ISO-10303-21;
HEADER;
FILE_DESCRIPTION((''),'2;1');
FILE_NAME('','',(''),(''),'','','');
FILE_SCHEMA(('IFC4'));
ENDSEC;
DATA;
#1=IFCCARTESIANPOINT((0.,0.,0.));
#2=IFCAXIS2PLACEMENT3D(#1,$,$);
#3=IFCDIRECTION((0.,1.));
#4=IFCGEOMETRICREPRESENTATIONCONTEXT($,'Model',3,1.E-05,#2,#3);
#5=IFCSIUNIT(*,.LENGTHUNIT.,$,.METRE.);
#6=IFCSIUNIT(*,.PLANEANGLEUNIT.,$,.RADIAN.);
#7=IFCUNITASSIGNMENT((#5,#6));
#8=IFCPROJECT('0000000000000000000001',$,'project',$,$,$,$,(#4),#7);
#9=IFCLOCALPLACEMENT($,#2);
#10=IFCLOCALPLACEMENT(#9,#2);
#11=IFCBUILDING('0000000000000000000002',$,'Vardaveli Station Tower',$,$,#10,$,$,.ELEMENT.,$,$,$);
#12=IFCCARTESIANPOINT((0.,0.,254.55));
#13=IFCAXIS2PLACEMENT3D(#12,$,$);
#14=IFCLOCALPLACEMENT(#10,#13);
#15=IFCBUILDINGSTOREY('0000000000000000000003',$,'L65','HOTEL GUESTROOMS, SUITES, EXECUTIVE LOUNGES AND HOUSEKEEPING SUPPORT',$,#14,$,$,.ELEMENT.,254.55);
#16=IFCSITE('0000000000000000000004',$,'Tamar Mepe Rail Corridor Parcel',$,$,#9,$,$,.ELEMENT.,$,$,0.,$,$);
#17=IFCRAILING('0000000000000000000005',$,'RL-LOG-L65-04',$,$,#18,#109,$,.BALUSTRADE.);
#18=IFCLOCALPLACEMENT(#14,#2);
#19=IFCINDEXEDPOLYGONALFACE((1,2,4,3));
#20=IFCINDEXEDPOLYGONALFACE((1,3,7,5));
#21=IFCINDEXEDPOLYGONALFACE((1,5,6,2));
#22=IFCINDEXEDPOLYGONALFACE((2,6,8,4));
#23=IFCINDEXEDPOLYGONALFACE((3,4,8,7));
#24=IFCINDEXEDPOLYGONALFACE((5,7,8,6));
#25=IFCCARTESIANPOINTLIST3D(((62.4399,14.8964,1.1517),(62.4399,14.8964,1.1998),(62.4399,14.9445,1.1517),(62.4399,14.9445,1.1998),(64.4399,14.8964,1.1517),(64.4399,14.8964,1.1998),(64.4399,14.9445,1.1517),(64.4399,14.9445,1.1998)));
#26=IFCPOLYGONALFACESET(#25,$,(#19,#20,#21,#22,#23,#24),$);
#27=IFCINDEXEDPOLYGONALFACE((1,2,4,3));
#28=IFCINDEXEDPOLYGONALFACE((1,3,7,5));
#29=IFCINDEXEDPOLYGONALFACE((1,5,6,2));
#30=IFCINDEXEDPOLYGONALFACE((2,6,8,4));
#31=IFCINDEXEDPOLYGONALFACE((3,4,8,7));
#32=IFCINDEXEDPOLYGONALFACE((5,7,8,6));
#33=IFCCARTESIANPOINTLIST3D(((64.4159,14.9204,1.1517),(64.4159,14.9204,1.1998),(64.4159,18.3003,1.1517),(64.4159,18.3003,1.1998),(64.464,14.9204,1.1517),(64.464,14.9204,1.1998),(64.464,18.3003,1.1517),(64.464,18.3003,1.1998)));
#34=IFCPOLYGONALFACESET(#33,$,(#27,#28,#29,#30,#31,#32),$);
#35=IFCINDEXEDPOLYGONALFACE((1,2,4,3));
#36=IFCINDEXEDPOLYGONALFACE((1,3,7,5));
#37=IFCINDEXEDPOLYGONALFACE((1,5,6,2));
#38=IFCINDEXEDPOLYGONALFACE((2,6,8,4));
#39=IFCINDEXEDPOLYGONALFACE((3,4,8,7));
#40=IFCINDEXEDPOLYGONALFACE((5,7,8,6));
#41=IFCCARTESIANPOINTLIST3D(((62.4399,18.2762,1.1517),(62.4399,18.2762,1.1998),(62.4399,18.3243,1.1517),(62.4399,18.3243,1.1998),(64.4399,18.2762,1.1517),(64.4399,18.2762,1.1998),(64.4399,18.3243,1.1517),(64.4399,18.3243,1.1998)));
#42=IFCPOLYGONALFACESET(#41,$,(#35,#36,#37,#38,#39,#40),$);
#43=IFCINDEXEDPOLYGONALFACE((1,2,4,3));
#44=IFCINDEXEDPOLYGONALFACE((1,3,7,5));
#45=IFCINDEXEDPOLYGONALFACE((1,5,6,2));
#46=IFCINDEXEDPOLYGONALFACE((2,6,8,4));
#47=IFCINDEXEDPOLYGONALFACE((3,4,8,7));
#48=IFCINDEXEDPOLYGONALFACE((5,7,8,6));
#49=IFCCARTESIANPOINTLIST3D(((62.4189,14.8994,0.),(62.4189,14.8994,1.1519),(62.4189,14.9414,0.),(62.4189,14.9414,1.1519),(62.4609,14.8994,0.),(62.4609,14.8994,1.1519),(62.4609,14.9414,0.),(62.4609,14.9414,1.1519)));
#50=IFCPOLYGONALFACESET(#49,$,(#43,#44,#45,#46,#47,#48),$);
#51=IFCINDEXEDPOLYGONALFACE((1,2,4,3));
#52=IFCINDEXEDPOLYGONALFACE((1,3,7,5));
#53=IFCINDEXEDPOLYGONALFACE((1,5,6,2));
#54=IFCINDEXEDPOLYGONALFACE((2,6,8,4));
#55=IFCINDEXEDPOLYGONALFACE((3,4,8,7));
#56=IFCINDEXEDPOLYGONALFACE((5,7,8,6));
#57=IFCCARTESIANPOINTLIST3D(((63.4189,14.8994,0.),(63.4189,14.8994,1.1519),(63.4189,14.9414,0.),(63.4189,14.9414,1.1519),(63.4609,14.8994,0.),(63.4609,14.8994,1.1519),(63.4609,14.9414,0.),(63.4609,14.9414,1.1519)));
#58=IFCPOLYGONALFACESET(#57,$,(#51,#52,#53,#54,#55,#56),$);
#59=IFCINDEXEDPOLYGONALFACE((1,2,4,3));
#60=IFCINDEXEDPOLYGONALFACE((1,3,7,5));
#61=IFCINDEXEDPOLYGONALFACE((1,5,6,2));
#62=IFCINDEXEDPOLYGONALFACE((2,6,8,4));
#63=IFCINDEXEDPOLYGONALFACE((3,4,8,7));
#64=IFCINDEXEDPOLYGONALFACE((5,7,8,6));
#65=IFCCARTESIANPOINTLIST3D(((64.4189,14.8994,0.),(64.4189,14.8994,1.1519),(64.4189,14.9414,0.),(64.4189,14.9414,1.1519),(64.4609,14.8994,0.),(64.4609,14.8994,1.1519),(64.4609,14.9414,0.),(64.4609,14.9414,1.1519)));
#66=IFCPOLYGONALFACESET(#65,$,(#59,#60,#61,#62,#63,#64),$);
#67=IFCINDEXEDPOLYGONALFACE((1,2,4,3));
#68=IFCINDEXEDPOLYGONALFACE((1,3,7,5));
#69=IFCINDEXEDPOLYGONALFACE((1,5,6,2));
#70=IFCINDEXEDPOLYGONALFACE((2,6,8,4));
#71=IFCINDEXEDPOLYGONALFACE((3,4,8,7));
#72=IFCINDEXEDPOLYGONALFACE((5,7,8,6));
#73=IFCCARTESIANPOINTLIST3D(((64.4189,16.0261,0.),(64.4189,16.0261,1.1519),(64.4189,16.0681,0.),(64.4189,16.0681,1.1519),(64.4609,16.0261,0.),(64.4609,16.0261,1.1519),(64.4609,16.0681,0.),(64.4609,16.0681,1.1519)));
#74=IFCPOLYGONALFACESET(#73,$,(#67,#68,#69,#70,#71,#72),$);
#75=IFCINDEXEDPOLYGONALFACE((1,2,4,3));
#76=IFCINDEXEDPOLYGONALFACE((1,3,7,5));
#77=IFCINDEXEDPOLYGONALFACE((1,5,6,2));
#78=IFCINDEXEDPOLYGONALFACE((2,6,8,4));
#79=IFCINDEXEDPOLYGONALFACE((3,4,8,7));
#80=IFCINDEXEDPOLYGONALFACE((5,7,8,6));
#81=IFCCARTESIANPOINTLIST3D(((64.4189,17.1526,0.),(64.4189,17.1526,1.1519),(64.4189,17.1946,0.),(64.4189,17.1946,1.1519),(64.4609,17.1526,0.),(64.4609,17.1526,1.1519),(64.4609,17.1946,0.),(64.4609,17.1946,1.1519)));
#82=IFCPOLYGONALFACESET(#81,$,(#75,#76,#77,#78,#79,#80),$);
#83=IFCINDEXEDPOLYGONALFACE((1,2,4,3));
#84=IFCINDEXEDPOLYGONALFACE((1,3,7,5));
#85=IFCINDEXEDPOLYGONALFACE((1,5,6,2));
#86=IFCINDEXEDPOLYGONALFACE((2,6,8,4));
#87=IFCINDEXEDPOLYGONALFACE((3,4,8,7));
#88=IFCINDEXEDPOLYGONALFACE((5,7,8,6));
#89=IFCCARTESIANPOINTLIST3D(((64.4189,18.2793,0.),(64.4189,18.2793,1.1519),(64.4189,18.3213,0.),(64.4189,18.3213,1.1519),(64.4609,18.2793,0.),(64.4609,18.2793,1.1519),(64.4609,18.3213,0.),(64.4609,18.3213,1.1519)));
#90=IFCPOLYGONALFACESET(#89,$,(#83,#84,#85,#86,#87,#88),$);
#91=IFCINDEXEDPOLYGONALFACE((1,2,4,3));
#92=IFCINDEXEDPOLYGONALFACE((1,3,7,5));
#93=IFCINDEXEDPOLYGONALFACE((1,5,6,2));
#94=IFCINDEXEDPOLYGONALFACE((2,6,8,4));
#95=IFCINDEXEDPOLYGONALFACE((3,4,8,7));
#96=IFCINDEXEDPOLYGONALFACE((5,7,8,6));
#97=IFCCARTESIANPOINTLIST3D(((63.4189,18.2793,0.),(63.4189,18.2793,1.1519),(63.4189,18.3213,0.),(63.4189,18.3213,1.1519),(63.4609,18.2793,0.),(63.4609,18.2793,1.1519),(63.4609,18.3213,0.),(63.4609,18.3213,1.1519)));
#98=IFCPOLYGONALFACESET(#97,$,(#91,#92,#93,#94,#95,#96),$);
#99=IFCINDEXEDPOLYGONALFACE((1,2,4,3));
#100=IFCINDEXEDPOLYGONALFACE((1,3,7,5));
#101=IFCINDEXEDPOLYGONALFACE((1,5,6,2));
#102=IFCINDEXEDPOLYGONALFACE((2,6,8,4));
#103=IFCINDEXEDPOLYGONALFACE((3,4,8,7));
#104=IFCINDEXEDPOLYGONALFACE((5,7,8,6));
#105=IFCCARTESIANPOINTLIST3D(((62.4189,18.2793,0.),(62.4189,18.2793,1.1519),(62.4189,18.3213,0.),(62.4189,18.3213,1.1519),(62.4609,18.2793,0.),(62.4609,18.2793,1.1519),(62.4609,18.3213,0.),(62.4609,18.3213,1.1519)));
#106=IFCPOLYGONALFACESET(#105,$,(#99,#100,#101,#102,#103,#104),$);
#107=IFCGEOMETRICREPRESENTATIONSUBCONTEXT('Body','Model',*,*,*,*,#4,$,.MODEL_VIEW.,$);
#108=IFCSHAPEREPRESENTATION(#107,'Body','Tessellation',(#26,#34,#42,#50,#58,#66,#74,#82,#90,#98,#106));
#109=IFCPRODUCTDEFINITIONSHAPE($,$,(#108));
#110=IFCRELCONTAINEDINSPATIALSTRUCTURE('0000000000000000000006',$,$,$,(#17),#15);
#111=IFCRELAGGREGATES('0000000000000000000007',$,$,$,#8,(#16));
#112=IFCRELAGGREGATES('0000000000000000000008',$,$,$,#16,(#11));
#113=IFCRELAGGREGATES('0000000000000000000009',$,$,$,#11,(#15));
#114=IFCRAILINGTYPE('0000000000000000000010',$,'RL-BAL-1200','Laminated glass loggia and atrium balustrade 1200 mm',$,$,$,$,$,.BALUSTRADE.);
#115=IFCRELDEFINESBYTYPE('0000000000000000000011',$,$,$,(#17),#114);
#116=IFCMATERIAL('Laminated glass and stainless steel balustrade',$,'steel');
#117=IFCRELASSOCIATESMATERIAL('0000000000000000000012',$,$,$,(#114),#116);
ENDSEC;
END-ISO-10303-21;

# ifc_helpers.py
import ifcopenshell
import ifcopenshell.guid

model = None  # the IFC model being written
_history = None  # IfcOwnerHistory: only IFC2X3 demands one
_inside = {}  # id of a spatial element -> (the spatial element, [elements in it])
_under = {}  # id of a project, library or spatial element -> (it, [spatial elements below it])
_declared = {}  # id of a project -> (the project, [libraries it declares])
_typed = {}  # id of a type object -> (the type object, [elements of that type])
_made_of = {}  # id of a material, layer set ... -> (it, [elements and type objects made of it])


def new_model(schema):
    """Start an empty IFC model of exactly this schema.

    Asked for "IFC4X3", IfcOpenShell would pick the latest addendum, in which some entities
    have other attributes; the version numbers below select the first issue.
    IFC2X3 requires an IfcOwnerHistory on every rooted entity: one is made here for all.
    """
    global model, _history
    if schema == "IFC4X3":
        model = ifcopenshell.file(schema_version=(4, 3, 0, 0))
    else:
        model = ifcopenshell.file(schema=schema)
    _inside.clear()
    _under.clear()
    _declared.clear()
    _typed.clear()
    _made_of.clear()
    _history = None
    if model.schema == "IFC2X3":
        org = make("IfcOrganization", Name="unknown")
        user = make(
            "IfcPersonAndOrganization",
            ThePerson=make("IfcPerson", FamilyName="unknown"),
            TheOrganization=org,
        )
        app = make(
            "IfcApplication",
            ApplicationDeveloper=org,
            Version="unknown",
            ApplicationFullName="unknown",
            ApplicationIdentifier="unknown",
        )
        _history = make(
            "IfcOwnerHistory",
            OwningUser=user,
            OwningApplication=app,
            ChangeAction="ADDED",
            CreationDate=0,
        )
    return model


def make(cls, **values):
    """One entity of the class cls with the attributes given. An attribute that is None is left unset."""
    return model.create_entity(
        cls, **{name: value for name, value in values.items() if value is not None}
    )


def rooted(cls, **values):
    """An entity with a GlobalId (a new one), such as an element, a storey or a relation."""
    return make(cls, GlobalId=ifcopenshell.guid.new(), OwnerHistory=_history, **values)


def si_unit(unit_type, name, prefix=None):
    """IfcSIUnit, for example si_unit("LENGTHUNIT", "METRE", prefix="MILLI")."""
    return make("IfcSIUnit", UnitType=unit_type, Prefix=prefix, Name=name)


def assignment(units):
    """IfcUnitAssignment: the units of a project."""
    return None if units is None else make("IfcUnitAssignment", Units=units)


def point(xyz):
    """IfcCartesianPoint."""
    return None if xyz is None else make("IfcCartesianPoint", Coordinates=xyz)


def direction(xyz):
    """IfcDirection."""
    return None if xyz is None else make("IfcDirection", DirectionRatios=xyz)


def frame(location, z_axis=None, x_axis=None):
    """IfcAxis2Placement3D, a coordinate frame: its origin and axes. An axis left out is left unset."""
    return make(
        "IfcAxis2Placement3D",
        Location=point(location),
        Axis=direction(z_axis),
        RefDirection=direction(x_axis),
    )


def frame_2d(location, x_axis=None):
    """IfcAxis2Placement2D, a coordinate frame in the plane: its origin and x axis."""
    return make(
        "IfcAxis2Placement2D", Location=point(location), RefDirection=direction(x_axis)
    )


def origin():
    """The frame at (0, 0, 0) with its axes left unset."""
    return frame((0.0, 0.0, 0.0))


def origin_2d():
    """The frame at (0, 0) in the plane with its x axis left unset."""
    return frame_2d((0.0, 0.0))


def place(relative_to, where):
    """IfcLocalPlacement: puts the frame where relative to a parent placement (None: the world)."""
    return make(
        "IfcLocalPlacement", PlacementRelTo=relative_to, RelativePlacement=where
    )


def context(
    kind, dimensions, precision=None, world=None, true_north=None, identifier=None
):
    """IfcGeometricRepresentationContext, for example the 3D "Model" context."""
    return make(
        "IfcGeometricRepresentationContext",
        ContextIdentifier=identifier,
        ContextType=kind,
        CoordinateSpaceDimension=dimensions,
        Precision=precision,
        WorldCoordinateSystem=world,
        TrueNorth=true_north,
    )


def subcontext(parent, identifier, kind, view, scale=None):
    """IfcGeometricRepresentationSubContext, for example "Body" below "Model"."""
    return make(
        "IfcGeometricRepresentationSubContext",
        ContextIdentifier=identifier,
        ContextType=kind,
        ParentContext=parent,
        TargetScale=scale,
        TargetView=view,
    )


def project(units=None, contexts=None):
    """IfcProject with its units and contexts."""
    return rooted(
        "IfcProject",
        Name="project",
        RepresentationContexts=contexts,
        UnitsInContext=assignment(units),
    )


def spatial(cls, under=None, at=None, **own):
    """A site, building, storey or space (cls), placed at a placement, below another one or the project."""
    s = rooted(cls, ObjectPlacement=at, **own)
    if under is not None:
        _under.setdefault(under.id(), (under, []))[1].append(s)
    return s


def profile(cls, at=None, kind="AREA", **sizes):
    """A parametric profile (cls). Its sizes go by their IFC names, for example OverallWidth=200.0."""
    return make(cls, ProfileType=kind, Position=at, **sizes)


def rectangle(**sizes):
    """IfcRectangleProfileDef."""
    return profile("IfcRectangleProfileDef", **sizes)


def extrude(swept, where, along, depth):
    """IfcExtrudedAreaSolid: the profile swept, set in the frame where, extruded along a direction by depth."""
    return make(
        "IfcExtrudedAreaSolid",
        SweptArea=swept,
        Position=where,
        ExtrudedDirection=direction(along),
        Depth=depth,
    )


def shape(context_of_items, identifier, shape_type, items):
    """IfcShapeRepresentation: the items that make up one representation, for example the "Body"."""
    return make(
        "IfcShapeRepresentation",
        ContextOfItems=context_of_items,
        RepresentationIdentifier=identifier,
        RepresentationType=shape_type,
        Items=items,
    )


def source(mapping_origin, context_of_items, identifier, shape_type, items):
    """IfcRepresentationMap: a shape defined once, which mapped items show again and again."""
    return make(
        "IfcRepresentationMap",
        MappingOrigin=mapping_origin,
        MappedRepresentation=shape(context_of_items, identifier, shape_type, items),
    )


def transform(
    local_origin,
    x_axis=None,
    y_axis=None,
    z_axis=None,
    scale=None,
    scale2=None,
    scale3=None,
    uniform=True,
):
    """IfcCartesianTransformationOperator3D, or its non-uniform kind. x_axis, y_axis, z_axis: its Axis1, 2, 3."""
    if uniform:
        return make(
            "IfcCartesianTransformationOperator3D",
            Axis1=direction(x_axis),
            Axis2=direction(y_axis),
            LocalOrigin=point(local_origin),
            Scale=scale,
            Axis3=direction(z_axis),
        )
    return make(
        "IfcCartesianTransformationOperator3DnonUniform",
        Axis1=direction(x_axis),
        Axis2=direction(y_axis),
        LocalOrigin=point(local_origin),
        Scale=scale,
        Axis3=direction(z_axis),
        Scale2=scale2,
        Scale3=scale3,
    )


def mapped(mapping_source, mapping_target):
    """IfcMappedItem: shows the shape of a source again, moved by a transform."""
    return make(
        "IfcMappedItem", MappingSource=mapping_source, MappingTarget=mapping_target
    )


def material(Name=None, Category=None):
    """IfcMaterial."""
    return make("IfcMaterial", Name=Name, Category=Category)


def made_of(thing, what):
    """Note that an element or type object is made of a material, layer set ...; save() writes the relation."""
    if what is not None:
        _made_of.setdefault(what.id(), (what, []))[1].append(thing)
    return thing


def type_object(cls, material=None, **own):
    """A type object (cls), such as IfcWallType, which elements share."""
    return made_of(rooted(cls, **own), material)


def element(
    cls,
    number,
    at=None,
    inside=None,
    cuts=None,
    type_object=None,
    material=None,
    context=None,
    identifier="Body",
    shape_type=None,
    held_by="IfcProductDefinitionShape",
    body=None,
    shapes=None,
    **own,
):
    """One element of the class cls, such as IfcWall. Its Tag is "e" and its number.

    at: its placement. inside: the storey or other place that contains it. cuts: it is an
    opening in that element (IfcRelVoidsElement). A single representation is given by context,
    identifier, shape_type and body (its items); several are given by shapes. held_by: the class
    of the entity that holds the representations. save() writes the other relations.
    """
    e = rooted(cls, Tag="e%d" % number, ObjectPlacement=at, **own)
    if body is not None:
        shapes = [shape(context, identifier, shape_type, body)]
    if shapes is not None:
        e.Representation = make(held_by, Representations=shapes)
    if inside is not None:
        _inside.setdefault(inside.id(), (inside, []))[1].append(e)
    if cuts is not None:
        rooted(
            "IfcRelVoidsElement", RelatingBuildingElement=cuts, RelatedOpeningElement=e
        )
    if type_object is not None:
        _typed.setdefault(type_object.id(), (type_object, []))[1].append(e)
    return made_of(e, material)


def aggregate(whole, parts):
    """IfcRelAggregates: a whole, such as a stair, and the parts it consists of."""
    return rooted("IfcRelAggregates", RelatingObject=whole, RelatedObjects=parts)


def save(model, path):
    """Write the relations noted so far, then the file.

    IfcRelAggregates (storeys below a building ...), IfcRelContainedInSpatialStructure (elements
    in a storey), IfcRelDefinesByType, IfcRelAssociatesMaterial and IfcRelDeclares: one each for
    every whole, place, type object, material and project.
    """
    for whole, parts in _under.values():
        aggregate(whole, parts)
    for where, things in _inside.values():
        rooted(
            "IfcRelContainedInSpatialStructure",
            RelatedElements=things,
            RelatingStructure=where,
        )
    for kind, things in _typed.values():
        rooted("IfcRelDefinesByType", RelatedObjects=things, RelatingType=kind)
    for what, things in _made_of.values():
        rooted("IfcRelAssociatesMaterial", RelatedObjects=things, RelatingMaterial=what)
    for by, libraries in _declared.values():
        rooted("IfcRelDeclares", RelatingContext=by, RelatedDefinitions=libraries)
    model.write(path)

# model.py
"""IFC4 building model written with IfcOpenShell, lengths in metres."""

from ifc_helpers import new_model, si_unit, direction, frame, origin, origin_2d, place, context, subcontext, project, spatial, rectangle, extrude, source, transform, mapped, material, type_object, element, save


model = new_model("IFC4")

# Units and contexts
model_context = context("Model", 3, precision=1e-05, world=origin(), true_north=direction((0.0, 1.0)))
body_context = subcontext(model_context, "Body", "Model", "MODEL_VIEW")
ifc_project = project(units=[si_unit("LENGTHUNIT", "METRE"), si_unit("PLANEANGLEUNIT", "RADIAN")], contexts=[model_context])

# Site, building, storey
site_placement = place(None, origin())
site = spatial("IfcSite", under=ifc_project, at=site_placement, Name="Tamar Mepe Rail Corridor Parcel", CompositionType="ELEMENT", RefElevation=0.0)
building_placement = place(site_placement, origin())
building = spatial("IfcBuilding", under=site, at=building_placement, Name="Vardaveli Station Tower", CompositionType="ELEMENT")
storey_placement = place(building_placement, frame((0.0, 0.0, 254.55)))
storey = spatial("IfcBuildingStorey", under=building, at=storey_placement, Name="L65", Description="HOTEL GUESTROOMS, SUITES, EXECUTIVE LOUNGES AND HOUSEKEEPING SUPPORT", CompositionType="ELEMENT", Elevation=254.55)

# Railing
ifc_material_1 = material(Name="Laminated glass and stainless steel balustrade", Category="steel")
railing_type = type_object("IfcRailingType", Name="RL-BAL-1200", Description="Laminated glass loggia and atrium balustrade 1200 mm", PredefinedType="BALUSTRADE", material=ifc_material_1)
shared_shape_1 = source(origin(), body_context, "Body", "SweptSolid", [
    extrude(rectangle(XDim=0.0481, YDim=0.0481, at=origin_2d()), frame((0.0, 0.0, 1.1758), z_axis=(1.0, 0.0, 0.0), x_axis=(0.0, 1.0, 0.0)), (0.0, 0.0, 1.0), 2.0),
    extrude(rectangle(XDim=0.0481, YDim=0.0481, at=origin_2d()), frame((2.0, 0.0, 1.1758), z_axis=(0.0, 1.0, 0.0), x_axis=(-1.0, 0.0, 0.0)), (0.0, 0.0, 1.0), 3.3799),
    extrude(rectangle(XDim=0.0481, YDim=0.0481, at=origin_2d()), frame((2.0, 3.3799, 1.1758), z_axis=(-1.0, 0.0, 0.0), x_axis=(0.0, -1.0, 0.0)), (0.0, 0.0, 1.0), 2.0),
    extrude(rectangle(XDim=0.042, YDim=0.042, at=origin_2d()), origin(), (0.0, 0.0, 1.0), 1.1519),
    extrude(rectangle(XDim=0.042, YDim=0.042, at=origin_2d()), frame((1.0, 0.0, 0.0)), (0.0, 0.0, 1.0), 1.1519),
    extrude(rectangle(XDim=0.042, YDim=0.042, at=origin_2d()), frame((2.0, 0.0, 0.0)), (0.0, 0.0, 1.0), 1.1519),
    extrude(rectangle(XDim=0.042, YDim=0.042, at=origin_2d()), frame((2.0, 1.1267, 0.0)), (0.0, 0.0, 1.0), 1.1519),
    extrude(rectangle(XDim=0.042, YDim=0.042, at=origin_2d()), frame((2.0, 2.2532, 0.0)), (0.0, 0.0, 1.0), 1.1519),
    extrude(rectangle(XDim=0.042, YDim=0.042, at=origin_2d()), frame((2.0, 3.3799, 0.0)), (0.0, 0.0, 1.0), 1.1519),
    extrude(rectangle(XDim=0.042, YDim=0.042, at=origin_2d()), frame((1.0, 3.3799, 0.0)), (0.0, 0.0, 1.0), 1.1519),
    extrude(rectangle(XDim=0.042, YDim=0.042, at=origin_2d()), frame((0.0, 3.3799, 0.0)), (0.0, 0.0, 1.0), 1.1519),
])
railing_placement = place(storey_placement, frame((62.4399, 14.9204, 0.0)))
element("IfcRailing", 1, at=railing_placement, inside=storey, type_object=railing_type, Name="RL-LOG-L65-04", PredefinedType="BALUSTRADE", context=body_context, shape_type="MappedRepresentation", body=[
    mapped(shared_shape_1, transform((0.0, 0.0, 0.0), scale=1.0)),
])

save(model, "model.ifc")
